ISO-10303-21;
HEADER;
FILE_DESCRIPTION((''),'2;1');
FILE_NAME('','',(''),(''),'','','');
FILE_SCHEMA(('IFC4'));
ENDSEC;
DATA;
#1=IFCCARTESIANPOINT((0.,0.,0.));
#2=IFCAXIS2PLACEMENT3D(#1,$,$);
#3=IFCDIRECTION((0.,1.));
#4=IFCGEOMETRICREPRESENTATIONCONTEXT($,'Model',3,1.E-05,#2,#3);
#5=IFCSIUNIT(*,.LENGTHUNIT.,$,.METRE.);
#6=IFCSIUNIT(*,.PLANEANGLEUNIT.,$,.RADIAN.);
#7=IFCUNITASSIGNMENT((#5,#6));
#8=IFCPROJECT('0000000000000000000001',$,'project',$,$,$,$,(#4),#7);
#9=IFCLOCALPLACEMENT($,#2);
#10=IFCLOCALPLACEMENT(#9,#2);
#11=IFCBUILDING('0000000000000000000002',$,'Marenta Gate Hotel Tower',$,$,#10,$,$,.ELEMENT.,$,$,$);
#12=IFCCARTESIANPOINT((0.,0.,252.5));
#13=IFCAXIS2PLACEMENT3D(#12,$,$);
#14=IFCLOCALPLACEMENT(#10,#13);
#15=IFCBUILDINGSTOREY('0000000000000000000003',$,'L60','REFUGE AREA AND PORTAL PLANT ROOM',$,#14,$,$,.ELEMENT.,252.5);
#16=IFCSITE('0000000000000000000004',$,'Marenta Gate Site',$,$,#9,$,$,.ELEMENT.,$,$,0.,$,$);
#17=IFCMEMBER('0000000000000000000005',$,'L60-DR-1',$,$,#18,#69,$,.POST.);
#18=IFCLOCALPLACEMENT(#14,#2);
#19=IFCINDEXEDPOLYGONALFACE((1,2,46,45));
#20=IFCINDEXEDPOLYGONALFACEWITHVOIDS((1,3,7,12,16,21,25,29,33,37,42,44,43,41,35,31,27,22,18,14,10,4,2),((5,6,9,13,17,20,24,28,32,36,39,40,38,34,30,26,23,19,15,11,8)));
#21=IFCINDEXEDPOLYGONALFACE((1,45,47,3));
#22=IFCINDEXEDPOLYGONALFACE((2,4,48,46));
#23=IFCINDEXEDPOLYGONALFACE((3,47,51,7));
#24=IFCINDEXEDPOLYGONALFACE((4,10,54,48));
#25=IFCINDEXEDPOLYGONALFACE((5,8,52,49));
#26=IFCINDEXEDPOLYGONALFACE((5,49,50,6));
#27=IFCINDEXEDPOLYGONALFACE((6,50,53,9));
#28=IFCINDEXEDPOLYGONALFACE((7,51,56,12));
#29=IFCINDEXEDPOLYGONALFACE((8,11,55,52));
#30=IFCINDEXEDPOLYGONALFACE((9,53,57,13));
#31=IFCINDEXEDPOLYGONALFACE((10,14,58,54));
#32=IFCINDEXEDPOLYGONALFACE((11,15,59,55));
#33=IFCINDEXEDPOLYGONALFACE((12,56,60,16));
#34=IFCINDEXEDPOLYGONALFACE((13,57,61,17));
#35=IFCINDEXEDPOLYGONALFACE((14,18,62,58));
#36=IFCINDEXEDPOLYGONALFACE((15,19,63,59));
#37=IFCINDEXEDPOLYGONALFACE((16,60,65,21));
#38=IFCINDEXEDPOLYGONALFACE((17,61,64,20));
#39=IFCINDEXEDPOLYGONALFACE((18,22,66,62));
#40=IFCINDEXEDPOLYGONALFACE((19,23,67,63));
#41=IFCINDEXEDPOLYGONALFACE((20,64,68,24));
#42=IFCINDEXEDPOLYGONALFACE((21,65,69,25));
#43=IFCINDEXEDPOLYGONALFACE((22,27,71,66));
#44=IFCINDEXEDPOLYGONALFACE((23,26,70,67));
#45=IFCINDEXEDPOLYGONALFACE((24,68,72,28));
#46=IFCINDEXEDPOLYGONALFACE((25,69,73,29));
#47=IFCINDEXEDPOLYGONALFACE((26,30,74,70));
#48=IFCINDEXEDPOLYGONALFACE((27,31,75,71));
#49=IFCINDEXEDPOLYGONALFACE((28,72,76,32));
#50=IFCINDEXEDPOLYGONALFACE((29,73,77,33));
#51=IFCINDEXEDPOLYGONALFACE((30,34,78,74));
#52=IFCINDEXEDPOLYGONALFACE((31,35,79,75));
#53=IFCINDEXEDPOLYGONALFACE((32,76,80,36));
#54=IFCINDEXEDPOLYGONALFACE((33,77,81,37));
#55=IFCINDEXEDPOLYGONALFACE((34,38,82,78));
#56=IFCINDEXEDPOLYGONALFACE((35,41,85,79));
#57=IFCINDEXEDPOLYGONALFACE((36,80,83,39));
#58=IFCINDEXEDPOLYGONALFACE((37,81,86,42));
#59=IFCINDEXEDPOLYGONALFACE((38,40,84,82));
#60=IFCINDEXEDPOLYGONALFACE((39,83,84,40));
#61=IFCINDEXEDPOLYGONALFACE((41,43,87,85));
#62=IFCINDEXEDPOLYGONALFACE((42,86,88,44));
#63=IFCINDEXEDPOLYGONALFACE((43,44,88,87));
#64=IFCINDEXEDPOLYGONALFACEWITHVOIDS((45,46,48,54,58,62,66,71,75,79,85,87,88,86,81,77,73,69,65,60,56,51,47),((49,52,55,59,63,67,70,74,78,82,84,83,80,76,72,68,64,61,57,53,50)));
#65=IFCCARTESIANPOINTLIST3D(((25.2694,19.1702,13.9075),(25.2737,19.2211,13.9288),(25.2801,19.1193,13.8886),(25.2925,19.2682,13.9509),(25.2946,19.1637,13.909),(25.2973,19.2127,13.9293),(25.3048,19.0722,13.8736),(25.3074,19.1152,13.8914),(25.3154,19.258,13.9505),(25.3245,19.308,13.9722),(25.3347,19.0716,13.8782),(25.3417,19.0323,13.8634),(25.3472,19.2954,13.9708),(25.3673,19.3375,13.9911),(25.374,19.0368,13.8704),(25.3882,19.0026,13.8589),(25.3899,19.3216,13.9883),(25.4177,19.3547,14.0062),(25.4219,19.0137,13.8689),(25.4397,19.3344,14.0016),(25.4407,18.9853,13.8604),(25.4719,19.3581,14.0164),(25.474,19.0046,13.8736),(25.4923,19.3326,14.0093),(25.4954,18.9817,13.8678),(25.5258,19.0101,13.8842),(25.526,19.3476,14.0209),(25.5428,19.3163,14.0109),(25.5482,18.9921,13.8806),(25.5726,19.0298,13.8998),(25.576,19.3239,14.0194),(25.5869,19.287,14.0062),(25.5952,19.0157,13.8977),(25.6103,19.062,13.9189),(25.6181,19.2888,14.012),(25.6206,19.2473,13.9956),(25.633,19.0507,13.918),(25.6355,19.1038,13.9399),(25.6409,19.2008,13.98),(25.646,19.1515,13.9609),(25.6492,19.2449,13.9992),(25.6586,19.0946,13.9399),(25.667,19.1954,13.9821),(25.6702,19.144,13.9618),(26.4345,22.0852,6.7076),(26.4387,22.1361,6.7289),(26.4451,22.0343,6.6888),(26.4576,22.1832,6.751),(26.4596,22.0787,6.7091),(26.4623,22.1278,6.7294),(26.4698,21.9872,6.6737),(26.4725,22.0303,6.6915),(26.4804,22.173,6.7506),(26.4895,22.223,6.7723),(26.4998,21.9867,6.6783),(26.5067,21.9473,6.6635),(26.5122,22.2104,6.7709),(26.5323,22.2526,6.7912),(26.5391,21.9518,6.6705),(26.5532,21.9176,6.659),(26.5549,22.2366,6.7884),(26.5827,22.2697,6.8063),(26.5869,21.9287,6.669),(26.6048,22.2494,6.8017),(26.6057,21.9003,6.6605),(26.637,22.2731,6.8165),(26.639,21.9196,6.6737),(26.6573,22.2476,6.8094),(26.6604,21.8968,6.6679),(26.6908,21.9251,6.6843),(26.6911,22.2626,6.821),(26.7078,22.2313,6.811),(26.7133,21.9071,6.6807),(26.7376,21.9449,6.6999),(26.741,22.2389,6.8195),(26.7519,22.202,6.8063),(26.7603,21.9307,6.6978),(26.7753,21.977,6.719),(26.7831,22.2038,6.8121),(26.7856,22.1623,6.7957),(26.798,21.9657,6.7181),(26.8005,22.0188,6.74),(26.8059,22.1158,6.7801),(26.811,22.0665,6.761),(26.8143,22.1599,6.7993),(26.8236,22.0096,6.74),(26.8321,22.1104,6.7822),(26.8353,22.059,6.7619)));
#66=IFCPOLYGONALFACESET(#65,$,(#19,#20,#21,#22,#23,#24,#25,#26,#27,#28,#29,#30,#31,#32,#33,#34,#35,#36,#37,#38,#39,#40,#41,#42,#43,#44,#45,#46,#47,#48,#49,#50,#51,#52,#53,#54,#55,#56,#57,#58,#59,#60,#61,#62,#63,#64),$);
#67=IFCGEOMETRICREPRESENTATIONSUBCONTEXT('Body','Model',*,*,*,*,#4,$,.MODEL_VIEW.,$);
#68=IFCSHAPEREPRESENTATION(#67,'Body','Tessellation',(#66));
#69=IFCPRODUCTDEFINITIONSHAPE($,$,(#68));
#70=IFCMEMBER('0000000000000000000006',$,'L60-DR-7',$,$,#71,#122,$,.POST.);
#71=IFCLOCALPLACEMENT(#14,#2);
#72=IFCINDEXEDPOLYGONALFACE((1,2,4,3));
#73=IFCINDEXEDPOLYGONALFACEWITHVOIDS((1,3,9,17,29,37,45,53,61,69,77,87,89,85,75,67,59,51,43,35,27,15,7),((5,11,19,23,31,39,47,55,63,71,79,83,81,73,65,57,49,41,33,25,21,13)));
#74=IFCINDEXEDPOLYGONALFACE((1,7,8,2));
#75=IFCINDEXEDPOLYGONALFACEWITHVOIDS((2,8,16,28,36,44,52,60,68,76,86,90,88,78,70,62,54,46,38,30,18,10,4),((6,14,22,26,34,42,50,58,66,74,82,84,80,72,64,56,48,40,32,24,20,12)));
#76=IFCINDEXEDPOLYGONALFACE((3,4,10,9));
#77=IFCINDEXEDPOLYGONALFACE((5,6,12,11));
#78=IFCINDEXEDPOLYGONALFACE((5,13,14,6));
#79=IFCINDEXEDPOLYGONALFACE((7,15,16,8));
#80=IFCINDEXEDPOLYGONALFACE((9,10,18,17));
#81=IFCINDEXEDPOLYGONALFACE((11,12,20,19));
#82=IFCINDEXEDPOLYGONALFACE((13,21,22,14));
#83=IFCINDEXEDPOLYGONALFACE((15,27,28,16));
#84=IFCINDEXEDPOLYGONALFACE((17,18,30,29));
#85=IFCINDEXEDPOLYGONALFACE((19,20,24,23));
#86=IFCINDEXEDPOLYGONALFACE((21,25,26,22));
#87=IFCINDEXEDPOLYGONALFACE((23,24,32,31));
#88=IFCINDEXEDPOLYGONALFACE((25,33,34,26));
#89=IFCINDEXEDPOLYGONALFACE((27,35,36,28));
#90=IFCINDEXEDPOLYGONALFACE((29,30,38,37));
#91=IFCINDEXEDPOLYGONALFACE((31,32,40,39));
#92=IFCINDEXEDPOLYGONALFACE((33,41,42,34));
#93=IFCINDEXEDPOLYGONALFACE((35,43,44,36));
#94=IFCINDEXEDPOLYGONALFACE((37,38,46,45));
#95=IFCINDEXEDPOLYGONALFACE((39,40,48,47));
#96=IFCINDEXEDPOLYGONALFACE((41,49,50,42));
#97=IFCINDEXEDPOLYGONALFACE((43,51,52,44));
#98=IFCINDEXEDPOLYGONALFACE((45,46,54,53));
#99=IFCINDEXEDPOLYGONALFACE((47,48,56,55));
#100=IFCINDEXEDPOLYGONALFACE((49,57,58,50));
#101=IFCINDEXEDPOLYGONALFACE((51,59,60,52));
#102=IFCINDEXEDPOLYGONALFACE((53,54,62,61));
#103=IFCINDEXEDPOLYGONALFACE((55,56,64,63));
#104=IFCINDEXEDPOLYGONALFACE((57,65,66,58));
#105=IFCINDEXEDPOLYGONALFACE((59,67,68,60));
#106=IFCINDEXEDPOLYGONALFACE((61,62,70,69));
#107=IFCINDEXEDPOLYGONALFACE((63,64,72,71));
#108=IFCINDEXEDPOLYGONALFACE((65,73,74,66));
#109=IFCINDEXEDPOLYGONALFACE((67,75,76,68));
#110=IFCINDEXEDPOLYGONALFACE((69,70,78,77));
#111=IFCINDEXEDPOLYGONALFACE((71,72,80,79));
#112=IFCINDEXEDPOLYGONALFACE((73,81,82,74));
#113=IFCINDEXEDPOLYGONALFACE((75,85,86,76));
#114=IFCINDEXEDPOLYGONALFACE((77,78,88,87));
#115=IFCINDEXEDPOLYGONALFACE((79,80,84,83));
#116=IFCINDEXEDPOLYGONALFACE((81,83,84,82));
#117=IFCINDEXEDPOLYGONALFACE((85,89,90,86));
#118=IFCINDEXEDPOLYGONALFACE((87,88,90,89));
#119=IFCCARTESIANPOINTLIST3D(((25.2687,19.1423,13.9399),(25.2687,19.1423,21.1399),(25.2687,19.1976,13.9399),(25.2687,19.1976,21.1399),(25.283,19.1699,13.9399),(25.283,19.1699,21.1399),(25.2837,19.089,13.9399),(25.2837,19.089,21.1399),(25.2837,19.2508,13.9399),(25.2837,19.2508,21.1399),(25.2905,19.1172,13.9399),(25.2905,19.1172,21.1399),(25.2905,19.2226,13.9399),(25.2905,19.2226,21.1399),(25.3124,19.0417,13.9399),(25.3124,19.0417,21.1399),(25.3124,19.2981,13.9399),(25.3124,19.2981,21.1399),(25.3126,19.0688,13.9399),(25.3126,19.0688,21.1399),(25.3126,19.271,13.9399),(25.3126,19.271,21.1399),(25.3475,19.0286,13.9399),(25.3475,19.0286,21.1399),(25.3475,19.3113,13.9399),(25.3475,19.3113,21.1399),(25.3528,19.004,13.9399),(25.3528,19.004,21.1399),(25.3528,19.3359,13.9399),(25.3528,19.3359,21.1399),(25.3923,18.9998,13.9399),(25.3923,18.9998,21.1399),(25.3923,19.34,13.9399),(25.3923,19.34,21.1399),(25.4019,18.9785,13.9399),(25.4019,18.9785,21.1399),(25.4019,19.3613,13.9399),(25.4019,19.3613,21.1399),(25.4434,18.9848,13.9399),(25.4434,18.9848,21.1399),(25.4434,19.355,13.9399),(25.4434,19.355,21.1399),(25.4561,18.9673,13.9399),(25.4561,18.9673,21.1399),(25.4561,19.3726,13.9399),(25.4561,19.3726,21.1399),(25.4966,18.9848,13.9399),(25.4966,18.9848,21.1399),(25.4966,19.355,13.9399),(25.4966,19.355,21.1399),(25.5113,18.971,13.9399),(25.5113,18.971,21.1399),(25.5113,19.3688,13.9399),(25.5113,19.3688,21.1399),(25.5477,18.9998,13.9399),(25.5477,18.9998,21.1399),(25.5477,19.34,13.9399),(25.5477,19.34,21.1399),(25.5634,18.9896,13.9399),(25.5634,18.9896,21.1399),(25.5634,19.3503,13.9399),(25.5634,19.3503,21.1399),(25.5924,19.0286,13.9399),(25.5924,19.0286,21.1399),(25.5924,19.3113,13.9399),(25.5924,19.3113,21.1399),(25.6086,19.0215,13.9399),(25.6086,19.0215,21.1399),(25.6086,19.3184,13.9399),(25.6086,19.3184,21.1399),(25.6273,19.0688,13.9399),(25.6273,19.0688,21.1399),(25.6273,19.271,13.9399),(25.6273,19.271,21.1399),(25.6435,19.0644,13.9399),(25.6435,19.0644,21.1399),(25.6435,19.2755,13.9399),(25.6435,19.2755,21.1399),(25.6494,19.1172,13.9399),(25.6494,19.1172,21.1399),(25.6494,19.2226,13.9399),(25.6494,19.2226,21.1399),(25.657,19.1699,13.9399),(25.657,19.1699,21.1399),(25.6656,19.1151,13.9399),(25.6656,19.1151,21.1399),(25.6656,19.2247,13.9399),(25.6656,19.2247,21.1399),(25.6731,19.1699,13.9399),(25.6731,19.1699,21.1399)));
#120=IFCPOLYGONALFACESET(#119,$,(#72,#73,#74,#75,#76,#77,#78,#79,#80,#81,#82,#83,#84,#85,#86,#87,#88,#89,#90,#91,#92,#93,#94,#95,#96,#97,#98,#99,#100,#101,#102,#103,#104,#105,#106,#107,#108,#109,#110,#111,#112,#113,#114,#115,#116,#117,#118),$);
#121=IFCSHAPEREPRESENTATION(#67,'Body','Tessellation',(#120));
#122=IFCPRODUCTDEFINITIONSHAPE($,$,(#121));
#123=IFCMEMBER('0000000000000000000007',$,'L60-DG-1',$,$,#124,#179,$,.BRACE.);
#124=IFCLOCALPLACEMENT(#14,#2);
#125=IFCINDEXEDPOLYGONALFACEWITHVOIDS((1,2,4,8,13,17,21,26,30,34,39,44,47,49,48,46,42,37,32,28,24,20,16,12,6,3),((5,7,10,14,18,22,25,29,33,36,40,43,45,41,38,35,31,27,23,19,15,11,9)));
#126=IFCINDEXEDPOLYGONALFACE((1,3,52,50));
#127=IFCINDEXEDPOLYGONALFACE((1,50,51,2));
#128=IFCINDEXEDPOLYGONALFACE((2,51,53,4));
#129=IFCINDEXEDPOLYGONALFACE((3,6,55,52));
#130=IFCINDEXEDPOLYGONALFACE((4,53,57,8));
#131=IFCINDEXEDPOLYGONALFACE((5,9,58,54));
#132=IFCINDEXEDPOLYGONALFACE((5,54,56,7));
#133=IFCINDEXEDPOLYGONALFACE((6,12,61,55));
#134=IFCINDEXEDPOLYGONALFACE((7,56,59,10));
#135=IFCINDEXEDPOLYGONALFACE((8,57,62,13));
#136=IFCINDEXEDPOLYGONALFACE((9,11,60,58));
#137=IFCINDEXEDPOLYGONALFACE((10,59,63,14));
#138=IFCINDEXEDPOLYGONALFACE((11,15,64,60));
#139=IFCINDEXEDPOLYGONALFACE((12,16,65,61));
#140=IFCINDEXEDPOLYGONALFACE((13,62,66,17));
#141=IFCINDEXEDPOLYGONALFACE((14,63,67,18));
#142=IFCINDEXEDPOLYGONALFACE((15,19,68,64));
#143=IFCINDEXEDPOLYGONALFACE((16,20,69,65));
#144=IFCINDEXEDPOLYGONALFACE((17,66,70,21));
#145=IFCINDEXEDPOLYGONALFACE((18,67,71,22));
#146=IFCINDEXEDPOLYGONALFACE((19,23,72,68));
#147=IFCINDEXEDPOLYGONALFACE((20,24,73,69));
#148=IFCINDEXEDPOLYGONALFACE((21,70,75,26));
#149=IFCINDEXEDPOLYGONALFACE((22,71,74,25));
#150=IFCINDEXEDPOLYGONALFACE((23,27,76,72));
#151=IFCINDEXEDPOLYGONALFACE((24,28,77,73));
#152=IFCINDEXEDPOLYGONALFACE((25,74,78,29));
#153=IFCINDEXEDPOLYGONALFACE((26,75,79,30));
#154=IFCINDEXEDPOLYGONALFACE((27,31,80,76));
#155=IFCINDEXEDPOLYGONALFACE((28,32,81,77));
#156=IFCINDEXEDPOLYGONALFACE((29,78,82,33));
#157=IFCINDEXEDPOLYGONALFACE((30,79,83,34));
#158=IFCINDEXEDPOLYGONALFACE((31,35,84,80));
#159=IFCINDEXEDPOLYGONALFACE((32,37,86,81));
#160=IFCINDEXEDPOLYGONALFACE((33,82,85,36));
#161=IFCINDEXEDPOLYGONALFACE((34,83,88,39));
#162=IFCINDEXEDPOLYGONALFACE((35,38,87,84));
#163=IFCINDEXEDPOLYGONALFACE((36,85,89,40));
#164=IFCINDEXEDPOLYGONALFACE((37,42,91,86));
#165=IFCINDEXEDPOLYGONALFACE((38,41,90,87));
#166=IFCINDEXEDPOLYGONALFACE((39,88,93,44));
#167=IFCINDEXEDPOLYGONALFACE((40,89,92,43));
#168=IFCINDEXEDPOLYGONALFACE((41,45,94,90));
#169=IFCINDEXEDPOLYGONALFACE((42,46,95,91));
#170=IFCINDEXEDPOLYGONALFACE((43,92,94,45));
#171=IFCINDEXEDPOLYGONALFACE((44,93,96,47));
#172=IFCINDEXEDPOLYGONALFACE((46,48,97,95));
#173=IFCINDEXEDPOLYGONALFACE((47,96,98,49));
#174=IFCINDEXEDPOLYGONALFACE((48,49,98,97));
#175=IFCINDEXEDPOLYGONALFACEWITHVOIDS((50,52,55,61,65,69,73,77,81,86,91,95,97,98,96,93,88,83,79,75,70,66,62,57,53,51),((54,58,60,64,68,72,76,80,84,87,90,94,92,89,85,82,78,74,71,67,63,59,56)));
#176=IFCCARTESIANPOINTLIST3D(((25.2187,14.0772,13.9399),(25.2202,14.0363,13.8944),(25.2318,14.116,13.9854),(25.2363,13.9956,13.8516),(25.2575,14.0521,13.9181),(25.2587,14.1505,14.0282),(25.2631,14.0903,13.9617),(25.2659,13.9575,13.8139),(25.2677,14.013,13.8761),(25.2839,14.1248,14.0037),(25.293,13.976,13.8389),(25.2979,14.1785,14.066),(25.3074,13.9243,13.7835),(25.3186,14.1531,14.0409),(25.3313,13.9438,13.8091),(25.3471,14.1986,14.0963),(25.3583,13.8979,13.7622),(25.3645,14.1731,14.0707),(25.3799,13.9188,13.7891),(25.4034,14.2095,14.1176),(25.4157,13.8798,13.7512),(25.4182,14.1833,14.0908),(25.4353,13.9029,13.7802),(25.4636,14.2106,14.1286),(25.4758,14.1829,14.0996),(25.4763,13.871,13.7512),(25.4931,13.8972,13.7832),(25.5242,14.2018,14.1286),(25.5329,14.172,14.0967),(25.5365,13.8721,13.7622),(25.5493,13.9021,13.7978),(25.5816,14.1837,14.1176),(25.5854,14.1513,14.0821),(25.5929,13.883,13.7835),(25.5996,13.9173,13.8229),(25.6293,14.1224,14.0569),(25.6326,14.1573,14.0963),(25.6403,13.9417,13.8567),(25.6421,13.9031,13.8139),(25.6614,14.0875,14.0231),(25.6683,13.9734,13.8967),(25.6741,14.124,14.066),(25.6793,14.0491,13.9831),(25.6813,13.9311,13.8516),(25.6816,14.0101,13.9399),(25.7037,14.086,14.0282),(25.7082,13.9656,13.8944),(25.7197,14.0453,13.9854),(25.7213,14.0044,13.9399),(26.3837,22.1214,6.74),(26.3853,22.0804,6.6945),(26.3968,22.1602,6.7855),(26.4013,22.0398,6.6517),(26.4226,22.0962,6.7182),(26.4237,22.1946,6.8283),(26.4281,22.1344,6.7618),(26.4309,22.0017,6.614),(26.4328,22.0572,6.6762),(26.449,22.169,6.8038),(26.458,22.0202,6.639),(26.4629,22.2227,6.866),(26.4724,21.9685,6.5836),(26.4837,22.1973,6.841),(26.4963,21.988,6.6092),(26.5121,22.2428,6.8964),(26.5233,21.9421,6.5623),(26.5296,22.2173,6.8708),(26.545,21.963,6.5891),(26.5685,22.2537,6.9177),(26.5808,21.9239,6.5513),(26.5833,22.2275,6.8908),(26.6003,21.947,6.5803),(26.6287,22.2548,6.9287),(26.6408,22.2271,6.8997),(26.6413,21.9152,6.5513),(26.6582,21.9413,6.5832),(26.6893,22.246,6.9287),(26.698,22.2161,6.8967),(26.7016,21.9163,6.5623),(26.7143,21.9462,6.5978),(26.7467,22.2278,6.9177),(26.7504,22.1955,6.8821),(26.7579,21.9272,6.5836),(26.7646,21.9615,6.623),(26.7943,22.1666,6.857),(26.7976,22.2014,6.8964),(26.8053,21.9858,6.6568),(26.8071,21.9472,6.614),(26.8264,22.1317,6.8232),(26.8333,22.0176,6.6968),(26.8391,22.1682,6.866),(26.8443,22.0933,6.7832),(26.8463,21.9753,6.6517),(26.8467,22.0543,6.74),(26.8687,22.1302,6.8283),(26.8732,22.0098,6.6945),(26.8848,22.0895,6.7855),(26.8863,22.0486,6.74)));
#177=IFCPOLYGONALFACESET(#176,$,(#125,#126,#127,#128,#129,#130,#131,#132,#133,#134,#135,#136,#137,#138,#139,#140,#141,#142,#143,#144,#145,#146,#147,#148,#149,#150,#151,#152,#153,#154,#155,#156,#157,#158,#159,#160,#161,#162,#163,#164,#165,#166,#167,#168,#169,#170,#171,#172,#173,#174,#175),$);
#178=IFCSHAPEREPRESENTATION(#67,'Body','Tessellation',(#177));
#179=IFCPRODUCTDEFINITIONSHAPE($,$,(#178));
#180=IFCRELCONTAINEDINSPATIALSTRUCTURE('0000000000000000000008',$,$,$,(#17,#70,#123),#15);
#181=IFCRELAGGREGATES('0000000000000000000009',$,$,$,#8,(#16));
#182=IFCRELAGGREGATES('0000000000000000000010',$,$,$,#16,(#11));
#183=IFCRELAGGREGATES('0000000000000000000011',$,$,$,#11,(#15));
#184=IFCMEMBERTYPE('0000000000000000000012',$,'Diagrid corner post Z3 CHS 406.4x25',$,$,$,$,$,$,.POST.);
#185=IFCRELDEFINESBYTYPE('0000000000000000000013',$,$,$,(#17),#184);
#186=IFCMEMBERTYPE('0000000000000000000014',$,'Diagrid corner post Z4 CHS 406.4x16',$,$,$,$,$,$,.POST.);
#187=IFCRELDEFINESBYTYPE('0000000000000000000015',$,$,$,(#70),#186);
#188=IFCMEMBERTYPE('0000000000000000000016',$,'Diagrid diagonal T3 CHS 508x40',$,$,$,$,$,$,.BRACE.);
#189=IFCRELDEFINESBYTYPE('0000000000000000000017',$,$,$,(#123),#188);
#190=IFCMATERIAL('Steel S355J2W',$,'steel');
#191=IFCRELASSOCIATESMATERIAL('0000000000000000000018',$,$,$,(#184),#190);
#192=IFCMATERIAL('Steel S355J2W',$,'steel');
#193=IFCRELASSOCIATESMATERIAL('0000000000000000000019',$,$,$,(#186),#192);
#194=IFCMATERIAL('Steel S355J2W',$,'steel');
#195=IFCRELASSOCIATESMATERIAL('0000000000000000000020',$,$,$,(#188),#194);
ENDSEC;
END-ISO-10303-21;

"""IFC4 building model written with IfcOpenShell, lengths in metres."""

from ifc_helpers import new_model, si_unit, direction, frame, origin, origin_2d, place, context, subcontext, project, spatial, hollow_circle, extrude, material, material_profile, profile_set, type_object, element, save


model = new_model("IFC4")

# Units and contexts
model_context = context("Model", 3, precision=1e-05, world=origin(), true_north=direction((0.0, 1.0)))
body_context = subcontext(model_context, "Body", "Model", "MODEL_VIEW")
ifc_project = project(units=[si_unit("LENGTHUNIT", "METRE"), si_unit("PLANEANGLEUNIT", "RADIAN")], contexts=[model_context])

# Site, building, storey
site_placement = place(None, origin())
site = spatial("IfcSite", under=ifc_project, at=site_placement, Name="Marenta Gate Site", CompositionType="ELEMENT", RefElevation=0.0)
building_placement = place(site_placement, origin())
building = spatial("IfcBuilding", under=site, at=building_placement, Name="Marenta Gate Hotel Tower", CompositionType="ELEMENT")
storey_placement = place(building_placement, frame((0.0, 0.0, 252.5)))
storey = spatial("IfcBuildingStorey", under=building, at=storey_placement, Name="L60", Description="REFUGE AREA AND PORTAL PLANT ROOM", CompositionType="ELEMENT", Elevation=252.5)

# Members
ifc_material_1 = material(Name="Steel S355J2W", Category="steel")
ifc_material_profile_1 = material_profile(ifc_material_1, hollow_circle(Radius=0.2031, WallThickness=0.0249, at=origin_2d()), Name="CHS 406.4x25")
ifc_profile_set_1 = profile_set([ifc_material_profile_1], Name="Steel S355J2W")
member_type_1 = type_object("IfcMemberType", Name="Diagrid corner post Z3 CHS 406.4x25", PredefinedType="POST", material=ifc_profile_set_1)
member_1_placement = place(storey_placement, frame((26.635, 22.085, 6.74), z_axis=(-0.148327, -0.371127, 0.916659), x_axis=(0.928584, -0.371122, 0.0)))
element("IfcMember", 1, at=member_1_placement, inside=storey, type_object=member_type_1, Name="L60-DR-1", PredefinedType="POST", context=body_context, shape_type="SweptSolid", body=[
    extrude(hollow_circle(Radius=0.2031, WallThickness=0.0249, at=origin_2d()), origin(), (0.0, 0.0, 1.0), 7.8545),
])
ifc_material_2 = material(Name="Steel S355J2W", Category="steel")
ifc_material_profile_2 = material_profile(ifc_material_2, hollow_circle(Radius=0.2031, WallThickness=0.0161, at=origin_2d()), Name="CHS 406.4x16")
ifc_profile_set_2 = profile_set([ifc_material_profile_2], Name="Steel S355J2W")
member_type_2 = type_object("IfcMemberType", Name="Diagrid corner post Z4 CHS 406.4x16", PredefinedType="POST", material=ifc_profile_set_2)
member_2_placement = place(storey_placement, frame((25.47, 19.1699, 13.9399), z_axis=(0.0, 0.0, 1.0), x_axis=(1.0, 0.0, 0.0)))
element("IfcMember", 2, at=member_2_placement, inside=storey, type_object=member_type_2, Name="L60-DR-7", PredefinedType="POST", context=body_context, shape_type="SweptSolid", body=[
    extrude(hollow_circle(Radius=0.2031, WallThickness=0.0161, at=origin_2d()), origin(), (0.0, 0.0, 1.0), 7.2),
])
ifc_material_3 = material(Name="Steel S355J2W", Category="steel")
ifc_material_profile_3 = material_profile(ifc_material_3, hollow_circle(Radius=0.2539, WallThickness=0.04, at=origin_2d()), Name="CHS 508x40")
ifc_profile_set_3 = profile_set([ifc_material_profile_3], Name="Steel S355J2W")
member_type_3 = type_object("IfcMemberType", Name="Diagrid diagonal T3 CHS 508x40", PredefinedType="BRACE", material=ifc_profile_set_3)
member_3_placement = place(storey_placement, frame((26.635, 22.085, 6.74), z_axis=(-0.107293, -0.740824, 0.663075), x_axis=(0.989674, -0.143334, 0.0)))
element("IfcMember", 3, at=member_3_placement, inside=storey, type_object=member_type_3, Name="L60-DG-1", PredefinedType="BRACE", context=body_context, shape_type="SweptSolid", body=[
    extrude(hollow_circle(Radius=0.2539, WallThickness=0.04, at=origin_2d()), origin(), (0.0, 0.0, 1.0), 10.8584),
])

save(model, "model.ifc")
